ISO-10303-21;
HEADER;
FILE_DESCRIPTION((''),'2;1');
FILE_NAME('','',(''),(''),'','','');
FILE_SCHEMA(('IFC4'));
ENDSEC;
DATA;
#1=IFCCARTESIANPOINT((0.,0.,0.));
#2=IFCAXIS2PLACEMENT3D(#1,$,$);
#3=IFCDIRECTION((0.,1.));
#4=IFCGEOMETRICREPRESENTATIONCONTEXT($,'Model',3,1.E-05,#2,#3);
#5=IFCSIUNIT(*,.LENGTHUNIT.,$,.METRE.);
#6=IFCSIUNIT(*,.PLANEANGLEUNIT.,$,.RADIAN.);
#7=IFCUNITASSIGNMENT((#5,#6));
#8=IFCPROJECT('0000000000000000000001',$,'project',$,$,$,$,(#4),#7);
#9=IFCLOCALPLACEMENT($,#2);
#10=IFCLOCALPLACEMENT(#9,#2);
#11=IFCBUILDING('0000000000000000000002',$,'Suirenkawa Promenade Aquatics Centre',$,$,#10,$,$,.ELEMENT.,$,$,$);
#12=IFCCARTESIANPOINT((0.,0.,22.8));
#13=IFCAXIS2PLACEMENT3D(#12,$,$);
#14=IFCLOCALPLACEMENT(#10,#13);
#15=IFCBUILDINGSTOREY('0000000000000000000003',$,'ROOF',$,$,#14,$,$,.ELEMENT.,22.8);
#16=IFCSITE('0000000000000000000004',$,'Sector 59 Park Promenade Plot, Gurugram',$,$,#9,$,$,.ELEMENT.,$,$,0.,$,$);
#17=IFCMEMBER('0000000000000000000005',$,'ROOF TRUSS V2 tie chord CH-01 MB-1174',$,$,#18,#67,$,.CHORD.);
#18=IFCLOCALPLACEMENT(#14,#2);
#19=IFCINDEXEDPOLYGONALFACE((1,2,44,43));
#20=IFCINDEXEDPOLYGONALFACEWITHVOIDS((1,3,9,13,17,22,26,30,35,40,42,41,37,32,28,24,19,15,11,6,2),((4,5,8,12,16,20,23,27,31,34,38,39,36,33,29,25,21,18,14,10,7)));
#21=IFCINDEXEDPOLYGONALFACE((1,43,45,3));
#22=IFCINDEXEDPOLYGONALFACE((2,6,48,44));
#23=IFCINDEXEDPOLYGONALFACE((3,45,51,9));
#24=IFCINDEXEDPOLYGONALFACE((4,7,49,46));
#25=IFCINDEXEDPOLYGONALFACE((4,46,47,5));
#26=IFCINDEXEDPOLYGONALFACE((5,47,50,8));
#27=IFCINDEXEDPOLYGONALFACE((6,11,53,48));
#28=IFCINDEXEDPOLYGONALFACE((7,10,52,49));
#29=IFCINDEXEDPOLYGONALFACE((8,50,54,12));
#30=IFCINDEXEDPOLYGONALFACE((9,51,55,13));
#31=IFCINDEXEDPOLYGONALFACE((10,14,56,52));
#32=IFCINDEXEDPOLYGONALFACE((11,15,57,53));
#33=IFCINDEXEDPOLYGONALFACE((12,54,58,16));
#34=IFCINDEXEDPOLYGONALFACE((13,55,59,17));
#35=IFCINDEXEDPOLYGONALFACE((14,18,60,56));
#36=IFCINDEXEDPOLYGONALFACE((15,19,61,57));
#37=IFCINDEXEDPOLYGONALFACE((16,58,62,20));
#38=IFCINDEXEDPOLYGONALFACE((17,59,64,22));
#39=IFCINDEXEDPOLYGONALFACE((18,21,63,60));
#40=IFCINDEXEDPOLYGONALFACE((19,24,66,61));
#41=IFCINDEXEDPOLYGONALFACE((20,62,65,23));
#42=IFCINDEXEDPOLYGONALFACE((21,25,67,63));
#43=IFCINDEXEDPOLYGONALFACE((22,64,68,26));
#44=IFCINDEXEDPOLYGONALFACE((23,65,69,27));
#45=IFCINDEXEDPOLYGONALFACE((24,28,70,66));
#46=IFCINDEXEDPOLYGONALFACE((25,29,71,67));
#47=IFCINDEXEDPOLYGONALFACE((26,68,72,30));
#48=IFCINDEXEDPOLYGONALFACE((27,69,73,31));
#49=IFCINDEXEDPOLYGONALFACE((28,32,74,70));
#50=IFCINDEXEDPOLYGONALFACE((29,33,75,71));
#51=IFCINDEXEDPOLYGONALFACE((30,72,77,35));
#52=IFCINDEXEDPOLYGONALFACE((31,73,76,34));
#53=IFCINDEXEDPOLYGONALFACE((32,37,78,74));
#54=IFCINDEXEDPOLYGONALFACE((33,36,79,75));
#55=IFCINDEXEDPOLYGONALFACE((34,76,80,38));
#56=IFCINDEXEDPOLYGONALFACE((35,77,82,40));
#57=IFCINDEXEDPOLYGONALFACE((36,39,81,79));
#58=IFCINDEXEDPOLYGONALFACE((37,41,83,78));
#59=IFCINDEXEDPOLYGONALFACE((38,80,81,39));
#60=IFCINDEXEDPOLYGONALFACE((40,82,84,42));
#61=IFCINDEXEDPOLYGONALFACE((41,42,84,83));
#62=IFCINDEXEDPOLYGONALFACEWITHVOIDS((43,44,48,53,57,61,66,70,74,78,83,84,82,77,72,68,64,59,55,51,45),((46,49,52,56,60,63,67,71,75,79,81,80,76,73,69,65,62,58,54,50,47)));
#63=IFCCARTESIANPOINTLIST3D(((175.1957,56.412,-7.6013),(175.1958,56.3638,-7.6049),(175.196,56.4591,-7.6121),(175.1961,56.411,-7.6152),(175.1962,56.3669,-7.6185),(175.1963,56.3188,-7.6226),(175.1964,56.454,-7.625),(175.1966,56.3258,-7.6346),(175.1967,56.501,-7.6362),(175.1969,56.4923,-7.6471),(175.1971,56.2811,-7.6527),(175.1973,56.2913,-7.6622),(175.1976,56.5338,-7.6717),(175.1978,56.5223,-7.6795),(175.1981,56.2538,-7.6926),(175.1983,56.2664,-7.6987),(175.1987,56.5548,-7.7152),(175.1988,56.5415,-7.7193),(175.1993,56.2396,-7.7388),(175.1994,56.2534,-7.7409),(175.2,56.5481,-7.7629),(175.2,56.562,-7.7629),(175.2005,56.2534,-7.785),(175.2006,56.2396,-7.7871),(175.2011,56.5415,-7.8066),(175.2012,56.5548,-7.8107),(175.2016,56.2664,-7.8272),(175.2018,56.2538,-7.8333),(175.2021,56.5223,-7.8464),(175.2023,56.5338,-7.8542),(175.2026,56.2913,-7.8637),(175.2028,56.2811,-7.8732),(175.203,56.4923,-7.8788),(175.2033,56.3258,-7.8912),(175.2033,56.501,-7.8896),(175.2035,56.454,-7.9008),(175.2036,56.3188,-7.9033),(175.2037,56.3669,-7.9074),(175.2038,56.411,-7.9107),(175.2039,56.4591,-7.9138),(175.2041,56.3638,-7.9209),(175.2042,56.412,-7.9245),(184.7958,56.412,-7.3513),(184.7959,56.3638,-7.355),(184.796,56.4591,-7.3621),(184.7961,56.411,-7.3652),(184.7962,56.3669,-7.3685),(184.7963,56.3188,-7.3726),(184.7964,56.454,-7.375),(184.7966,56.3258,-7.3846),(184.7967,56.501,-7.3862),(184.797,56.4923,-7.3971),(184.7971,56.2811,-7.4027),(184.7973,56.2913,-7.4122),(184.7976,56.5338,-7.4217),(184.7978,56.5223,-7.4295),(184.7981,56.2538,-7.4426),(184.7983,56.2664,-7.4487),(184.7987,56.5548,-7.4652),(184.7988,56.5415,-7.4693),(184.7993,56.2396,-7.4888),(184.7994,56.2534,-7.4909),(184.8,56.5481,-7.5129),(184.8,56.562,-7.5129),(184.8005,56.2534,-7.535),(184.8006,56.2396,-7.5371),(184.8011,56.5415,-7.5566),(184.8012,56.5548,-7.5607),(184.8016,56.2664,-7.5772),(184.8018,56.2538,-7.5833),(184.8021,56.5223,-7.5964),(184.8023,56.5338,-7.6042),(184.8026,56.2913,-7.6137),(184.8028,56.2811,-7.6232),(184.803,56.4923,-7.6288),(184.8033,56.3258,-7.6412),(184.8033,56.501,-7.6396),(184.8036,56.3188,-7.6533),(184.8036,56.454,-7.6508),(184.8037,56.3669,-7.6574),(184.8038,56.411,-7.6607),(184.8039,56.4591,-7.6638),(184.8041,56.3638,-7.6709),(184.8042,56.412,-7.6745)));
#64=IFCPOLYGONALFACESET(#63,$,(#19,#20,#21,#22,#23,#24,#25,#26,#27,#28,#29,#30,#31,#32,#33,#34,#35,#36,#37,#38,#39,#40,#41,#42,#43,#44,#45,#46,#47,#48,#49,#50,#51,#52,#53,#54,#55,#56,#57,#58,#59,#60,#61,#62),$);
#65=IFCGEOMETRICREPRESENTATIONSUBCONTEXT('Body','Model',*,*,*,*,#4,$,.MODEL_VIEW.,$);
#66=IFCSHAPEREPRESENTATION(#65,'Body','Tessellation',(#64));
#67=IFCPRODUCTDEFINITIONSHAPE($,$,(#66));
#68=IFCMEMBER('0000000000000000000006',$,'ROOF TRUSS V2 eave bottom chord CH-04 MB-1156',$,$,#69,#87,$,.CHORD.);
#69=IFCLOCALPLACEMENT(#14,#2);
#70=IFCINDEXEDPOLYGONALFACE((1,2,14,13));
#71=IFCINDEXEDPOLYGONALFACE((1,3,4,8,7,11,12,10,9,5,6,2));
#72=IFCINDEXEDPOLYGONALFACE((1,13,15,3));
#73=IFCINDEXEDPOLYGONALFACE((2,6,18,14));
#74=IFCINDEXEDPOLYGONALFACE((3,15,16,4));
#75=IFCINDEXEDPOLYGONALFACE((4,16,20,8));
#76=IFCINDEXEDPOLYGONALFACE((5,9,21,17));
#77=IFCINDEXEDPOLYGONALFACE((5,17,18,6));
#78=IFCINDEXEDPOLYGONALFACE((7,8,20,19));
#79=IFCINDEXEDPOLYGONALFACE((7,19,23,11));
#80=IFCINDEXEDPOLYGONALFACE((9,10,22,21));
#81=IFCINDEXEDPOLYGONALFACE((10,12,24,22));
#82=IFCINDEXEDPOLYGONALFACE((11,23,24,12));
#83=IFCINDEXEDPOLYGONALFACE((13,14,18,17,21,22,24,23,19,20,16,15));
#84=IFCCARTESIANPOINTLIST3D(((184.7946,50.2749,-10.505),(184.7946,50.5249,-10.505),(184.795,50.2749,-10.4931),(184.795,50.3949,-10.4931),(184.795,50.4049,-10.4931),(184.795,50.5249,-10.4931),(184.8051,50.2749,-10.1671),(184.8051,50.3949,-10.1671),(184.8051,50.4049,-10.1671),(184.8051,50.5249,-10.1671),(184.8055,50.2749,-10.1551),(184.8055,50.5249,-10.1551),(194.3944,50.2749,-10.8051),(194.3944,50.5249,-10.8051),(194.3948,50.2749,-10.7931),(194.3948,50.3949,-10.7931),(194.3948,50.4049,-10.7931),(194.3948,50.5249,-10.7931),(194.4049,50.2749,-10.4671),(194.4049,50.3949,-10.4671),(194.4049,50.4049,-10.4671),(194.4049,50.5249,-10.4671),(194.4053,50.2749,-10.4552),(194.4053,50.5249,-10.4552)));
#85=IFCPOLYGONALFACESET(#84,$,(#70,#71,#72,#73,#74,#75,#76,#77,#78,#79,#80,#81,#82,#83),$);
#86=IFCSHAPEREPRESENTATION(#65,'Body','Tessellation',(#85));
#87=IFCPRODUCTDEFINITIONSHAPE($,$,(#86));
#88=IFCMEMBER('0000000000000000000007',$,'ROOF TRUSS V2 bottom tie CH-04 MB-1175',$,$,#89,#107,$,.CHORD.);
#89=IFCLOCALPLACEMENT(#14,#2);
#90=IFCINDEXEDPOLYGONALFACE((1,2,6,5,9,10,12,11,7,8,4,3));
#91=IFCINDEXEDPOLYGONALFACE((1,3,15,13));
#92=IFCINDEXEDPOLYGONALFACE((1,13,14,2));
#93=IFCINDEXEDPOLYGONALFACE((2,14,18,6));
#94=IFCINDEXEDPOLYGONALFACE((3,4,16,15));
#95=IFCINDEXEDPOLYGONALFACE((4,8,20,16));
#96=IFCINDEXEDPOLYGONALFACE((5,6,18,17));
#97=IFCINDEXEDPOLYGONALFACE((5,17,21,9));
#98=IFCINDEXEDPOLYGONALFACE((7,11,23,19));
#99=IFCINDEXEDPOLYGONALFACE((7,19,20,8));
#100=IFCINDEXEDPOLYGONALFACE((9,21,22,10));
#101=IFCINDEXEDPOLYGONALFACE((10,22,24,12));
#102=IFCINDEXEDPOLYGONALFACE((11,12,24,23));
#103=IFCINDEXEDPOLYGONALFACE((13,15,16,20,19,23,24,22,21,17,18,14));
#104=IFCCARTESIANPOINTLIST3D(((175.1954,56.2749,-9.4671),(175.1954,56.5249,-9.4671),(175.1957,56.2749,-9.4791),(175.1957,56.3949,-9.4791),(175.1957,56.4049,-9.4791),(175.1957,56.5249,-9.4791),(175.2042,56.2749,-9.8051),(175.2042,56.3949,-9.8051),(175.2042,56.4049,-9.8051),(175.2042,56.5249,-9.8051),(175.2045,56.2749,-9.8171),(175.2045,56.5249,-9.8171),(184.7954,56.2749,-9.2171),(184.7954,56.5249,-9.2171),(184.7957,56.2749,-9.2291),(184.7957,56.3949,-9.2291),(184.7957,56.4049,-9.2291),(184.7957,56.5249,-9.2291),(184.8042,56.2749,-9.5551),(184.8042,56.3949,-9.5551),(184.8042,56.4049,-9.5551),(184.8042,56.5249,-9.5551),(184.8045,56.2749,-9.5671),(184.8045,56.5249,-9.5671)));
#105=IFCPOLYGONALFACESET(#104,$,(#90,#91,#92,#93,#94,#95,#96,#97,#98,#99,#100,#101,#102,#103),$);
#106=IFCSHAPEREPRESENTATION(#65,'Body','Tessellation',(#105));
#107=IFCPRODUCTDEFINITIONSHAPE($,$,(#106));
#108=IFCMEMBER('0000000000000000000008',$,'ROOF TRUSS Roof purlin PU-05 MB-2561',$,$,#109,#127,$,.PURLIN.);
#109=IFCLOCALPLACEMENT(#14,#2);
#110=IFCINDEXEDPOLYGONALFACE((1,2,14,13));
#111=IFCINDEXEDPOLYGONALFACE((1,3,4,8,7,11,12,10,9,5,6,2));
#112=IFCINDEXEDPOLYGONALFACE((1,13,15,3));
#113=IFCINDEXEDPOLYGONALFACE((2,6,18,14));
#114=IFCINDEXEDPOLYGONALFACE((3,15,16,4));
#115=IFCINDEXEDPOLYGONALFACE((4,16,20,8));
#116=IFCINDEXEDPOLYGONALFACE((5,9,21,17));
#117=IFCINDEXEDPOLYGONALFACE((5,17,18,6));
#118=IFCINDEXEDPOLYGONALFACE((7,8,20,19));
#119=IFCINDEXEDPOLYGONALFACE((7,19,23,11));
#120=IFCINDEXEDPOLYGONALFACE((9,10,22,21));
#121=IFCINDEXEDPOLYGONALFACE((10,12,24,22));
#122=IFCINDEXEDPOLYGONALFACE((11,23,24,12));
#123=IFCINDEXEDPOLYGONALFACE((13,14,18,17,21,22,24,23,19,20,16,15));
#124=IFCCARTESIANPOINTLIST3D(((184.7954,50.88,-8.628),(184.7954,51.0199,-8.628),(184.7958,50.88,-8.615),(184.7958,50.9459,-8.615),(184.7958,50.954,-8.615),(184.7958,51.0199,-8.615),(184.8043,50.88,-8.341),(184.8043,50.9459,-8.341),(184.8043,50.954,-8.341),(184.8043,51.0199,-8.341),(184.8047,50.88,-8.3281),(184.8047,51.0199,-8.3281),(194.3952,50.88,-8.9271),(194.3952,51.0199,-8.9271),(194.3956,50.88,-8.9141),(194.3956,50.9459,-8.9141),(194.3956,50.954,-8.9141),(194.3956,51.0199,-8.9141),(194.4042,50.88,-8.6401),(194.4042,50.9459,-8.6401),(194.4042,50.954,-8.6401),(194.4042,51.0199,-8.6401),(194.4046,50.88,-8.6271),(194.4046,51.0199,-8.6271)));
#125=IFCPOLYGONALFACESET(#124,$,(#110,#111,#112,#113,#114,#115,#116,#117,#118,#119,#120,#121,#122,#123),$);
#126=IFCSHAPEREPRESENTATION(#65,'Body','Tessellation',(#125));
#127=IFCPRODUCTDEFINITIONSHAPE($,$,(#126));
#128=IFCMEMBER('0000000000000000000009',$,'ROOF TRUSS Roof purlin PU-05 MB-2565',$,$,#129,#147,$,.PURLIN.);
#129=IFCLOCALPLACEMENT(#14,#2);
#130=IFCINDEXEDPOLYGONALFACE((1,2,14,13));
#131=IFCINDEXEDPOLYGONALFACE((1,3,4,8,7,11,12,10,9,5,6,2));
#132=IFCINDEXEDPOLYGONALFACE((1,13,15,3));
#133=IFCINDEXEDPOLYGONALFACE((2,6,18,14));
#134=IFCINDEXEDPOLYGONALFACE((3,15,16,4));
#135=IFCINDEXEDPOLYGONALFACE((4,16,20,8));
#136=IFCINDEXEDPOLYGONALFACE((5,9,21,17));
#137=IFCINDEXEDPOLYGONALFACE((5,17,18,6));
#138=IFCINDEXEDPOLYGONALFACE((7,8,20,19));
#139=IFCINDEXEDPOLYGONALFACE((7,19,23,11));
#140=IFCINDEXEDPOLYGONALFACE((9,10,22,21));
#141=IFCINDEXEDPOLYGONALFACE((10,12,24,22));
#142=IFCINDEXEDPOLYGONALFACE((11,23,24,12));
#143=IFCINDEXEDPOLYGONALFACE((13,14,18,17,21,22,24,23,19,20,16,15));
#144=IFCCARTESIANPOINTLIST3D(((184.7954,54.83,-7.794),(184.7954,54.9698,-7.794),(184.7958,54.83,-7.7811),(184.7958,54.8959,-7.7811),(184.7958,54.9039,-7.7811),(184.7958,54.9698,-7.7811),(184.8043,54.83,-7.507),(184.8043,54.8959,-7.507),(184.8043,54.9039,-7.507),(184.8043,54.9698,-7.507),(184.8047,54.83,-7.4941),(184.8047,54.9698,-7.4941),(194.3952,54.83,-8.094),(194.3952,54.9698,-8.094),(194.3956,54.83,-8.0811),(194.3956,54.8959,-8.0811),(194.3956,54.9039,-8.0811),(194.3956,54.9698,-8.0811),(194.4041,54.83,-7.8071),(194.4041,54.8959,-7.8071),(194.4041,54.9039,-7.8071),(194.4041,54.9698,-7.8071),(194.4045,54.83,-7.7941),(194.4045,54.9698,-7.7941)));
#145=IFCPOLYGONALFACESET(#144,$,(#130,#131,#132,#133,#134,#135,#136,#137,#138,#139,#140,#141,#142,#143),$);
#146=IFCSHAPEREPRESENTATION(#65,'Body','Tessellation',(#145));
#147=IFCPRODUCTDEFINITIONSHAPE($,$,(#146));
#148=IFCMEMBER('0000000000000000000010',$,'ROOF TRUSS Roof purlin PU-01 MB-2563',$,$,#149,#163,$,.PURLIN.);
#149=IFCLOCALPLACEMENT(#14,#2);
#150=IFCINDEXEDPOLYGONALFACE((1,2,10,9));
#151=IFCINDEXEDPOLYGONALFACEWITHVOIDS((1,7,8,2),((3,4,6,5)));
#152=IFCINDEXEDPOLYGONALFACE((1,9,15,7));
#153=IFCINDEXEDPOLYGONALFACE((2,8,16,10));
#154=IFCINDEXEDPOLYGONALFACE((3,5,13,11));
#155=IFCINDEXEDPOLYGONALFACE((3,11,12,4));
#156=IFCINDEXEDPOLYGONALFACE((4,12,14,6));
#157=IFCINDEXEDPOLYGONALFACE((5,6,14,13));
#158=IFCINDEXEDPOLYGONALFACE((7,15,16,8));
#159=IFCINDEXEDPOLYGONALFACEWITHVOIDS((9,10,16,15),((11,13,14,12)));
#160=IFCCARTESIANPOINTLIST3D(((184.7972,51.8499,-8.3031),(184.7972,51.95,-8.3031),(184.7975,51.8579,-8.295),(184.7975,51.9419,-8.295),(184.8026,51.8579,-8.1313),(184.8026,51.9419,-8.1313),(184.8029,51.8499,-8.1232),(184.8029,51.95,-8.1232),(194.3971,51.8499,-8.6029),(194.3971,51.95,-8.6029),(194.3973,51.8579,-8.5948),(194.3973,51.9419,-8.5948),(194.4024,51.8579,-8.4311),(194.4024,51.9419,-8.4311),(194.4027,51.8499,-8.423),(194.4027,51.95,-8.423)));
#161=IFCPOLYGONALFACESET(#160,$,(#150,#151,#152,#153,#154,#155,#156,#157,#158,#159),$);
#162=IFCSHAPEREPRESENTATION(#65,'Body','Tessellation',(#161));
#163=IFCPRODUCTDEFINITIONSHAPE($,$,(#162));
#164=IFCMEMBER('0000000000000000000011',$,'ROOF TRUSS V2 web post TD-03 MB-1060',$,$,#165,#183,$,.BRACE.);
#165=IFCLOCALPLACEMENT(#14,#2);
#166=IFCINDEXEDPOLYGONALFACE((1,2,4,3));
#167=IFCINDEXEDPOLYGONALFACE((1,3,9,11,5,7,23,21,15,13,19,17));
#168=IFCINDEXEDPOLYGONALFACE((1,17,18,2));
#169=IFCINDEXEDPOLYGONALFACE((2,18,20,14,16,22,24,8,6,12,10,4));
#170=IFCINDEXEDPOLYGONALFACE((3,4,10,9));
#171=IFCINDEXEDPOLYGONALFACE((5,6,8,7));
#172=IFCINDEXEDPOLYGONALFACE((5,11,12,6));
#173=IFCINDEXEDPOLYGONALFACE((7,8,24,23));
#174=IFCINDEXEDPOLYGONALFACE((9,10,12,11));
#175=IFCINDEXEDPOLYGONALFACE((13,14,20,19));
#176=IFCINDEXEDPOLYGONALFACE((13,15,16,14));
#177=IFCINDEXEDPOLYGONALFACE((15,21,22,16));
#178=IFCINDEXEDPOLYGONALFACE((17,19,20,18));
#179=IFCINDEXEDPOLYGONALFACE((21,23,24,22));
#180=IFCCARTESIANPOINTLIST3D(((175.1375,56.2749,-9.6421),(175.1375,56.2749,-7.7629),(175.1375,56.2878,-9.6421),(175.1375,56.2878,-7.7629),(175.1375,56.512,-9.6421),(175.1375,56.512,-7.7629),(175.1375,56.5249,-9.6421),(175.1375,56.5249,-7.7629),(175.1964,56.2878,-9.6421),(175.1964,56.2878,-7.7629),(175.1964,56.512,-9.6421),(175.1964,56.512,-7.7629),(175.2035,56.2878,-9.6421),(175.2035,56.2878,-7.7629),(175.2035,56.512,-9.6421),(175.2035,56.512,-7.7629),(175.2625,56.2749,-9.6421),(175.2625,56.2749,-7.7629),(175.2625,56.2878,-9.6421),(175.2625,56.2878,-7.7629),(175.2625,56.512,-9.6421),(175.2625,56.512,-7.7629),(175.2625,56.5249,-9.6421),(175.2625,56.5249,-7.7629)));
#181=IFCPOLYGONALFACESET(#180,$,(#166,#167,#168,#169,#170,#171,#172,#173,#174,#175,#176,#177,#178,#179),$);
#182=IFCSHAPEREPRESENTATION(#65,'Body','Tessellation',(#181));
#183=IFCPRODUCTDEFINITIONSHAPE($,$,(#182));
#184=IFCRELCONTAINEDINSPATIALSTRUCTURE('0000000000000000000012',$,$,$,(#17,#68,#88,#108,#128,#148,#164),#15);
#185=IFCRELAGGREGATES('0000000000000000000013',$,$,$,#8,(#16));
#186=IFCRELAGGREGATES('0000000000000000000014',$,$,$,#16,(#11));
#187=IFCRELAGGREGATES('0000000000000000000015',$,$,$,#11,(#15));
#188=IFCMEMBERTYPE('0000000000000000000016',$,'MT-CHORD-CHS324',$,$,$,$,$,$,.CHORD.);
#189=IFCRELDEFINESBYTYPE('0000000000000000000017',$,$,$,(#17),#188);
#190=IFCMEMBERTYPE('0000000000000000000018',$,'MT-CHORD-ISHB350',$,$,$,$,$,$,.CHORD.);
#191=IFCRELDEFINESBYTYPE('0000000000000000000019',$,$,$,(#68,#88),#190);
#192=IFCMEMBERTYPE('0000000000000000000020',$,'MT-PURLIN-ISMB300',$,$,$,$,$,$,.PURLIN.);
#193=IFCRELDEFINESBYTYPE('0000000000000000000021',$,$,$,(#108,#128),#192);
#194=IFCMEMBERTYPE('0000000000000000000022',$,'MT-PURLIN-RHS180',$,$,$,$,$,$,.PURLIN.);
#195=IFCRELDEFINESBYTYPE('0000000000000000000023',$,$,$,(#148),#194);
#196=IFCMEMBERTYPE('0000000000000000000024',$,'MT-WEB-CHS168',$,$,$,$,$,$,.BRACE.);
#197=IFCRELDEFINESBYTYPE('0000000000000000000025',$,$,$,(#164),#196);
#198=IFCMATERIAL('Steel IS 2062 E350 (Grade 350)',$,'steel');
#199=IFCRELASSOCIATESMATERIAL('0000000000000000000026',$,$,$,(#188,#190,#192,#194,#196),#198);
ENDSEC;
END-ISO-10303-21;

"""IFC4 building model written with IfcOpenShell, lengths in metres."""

from ifc_helpers import new_model, si_unit, direction, frame, origin, origin_2d, place, context, subcontext, project, spatial, hollow_rectangle, hollow_circle, i_section, extrude, material, material_profile, profile_set, type_object, element, save


model = new_model("IFC4")

# Units and contexts
model_context = context("Model", 3, precision=1e-05, world=origin(), true_north=direction((0.0, 1.0)))
body_context = subcontext(model_context, "Body", "Model", "MODEL_VIEW")
ifc_project = project(units=[si_unit("LENGTHUNIT", "METRE"), si_unit("PLANEANGLEUNIT", "RADIAN")], contexts=[model_context])

# Site, building, storey
site_placement = place(None, origin())
site = spatial("IfcSite", under=ifc_project, at=site_placement, Name="Sector 59 Park Promenade Plot, Gurugram", CompositionType="ELEMENT", RefElevation=0.0)
building_placement = place(site_placement, origin())
building = spatial("IfcBuilding", under=site, at=building_placement, Name="Suirenkawa Promenade Aquatics Centre", CompositionType="ELEMENT")
storey_placement = place(building_placement, frame((0.0, 0.0, 22.8)))
storey = spatial("IfcBuildingStorey", under=building, at=storey_placement, Name="ROOF", CompositionType="ELEMENT", Elevation=22.8)

# Shared definitions
ifc_material_1 = material(Name="Steel IS 2062 E350 (Grade 350)", Category="steel")

# Members
ifc_material_profile_1 = material_profile(ifc_material_1, hollow_circle(Radius=0.1621, WallThickness=0.0139, at=origin_2d()), Name="CHS 324x14", Category="steel")
ifc_profile_set_1 = profile_set([ifc_material_profile_1], Name="Steel IS 2062 E350 (Grade 350)")
member_type_1 = type_object("IfcMemberType", Name="MT-CHORD-CHS324", PredefinedType="CHORD", material=ifc_profile_set_1)
member_1_placement = place(storey_placement, frame((175.2, 56.3999, -7.7629), z_axis=(0.999661, 0.0, 0.026033), x_axis=(0.0, 1.0, 0.0)))
element("IfcMember", 1, at=member_1_placement, inside=storey, type_object=member_type_1, Name="ROOF TRUSS V2 tie chord CH-01 MB-1174", PredefinedType="CHORD", context=body_context, shape_type="SweptSolid", body=[
    extrude(hollow_circle(Radius=0.1621, WallThickness=0.0139, at=origin_2d()), origin(), (0.0, 0.0, 1.0), 9.6033),
])
ifc_material_profile_2 = material_profile(ifc_material_1, i_section(OverallWidth=0.25, OverallDepth=0.3501, WebThickness=0.01, FlangeThickness=0.012, at=origin_2d()), Name="ISHB 350", Category="steel")
ifc_profile_set_2 = profile_set([ifc_material_profile_2], Name="Steel IS 2062 E350 (Grade 350)")
member_type_2 = type_object("IfcMemberType", Name="MT-CHORD-ISHB350", PredefinedType="CHORD", material=ifc_profile_set_2)
member_2_placement = place(storey_placement, frame((184.8, 50.3999, -10.3301), z_axis=(0.999512, 0.0, -0.03124), x_axis=(0.0, 1.0, 0.0)))
element("IfcMember", 2, at=member_2_placement, inside=storey, type_object=member_type_2, Name="ROOF TRUSS V2 eave bottom chord CH-04 MB-1156", PredefinedType="CHORD", context=body_context, shape_type="SweptSolid", body=[
    extrude(i_section(OverallWidth=0.25, OverallDepth=0.3501, WebThickness=0.01, FlangeThickness=0.012, at=origin_2d()), origin(), (0.0, 0.0, 1.0), 9.6045),
])
member_3_placement = place(storey_placement, frame((175.2, 56.3999, -9.6421), z_axis=(0.999661, 0.0, 0.026033), x_axis=(0.0, 1.0, 0.0)))
element("IfcMember", 3, at=member_3_placement, inside=storey, type_object=member_type_2, Name="ROOF TRUSS V2 bottom tie CH-04 MB-1175", PredefinedType="CHORD", context=body_context, shape_type="SweptSolid", body=[
    extrude(i_section(OverallWidth=0.25, OverallDepth=0.3501, WebThickness=0.01, FlangeThickness=0.012, at=origin_2d()), origin(), (0.0, 0.0, 1.0), 9.6033),
])
ifc_material_profile_3 = material_profile(ifc_material_1, i_section(OverallWidth=0.1399, OverallDepth=0.3, WebThickness=0.0081, FlangeThickness=0.0129, at=origin_2d()), Name="ISMB 300", Category="steel")
ifc_profile_set_3 = profile_set([ifc_material_profile_3], Name="Steel IS 2062 E350 (Grade 350)")
member_type_3 = type_object("IfcMemberType", Name="MT-PURLIN-ISMB300", PredefinedType="PURLIN", material=ifc_profile_set_3)
for number, where, z_axis, x_axis, name in (
    (4, (184.8, 50.95, -8.478), (0.999515, 0.0, -0.031139), (0.0, 1.0, 0.0), "ROOF TRUSS Roof purlin PU-05 MB-2561"),
    (5, (184.8, 54.8999, -7.644), (0.999512, 0.0, -0.03124), (0.0, 1.0, 0.0), "ROOF TRUSS Roof purlin PU-05 MB-2565"),
):
    element("IfcMember", number, at=place(storey_placement, frame(where, z_axis=z_axis, x_axis=x_axis)), inside=storey, type_object=member_type_3, Name=name, PredefinedType="PURLIN", context=body_context, shape_type="SweptSolid", body=[
        extrude(i_section(OverallWidth=0.1399, OverallDepth=0.3, WebThickness=0.0081, FlangeThickness=0.0129, at=origin_2d()), origin(), (0.0, 0.0, 1.0), 9.6045),
    ])
ifc_material_profile_4 = material_profile(ifc_material_1, hollow_rectangle(XDim=0.1001, YDim=0.1799, WallThickness=0.0081, at=origin_2d()), Name="RHS 180x100x8", Category="steel")
ifc_profile_set_4 = profile_set([ifc_material_profile_4], Name="Steel IS 2062 E350 (Grade 350)")
member_type_4 = type_object("IfcMemberType", Name="MT-PURLIN-RHS180", PredefinedType="PURLIN", material=ifc_profile_set_4)
member_4_placement = place(storey_placement, frame((184.8, 51.8999, -8.2131), z_axis=(0.999513, 0.0, -0.031215), x_axis=(0.0, 1.0, 0.0)))
element("IfcMember", 6, at=member_4_placement, inside=storey, type_object=member_type_4, Name="ROOF TRUSS Roof purlin PU-01 MB-2563", PredefinedType="PURLIN", context=body_context, shape_type="SweptSolid", body=[
    extrude(hollow_rectangle(XDim=0.1001, YDim=0.1799, WallThickness=0.0081, at=origin_2d()), origin(), (0.0, 0.0, 1.0), 9.6045),
])
ifc_material_profile_5 = material_profile(ifc_material_1, i_section(OverallWidth=0.125, OverallDepth=0.25, WebThickness=0.0071, FlangeThickness=0.0129, at=origin_2d()), Name="ISMB 250", Category="steel")
ifc_profile_set_5 = profile_set([ifc_material_profile_5], Name="Steel IS 2062 E350 (Grade 350)")
member_type_5 = type_object("IfcMemberType", Name="MT-WEB-CHS168", PredefinedType="BRACE", material=ifc_profile_set_5)
member_5_placement = place(storey_placement, frame((175.2, 56.3999, -9.6421), z_axis=(0.0, 0.0, 1.0), x_axis=(1.0, 0.0, 0.0)))
element("IfcMember", 7, at=member_5_placement, inside=storey, type_object=member_type_5, Name="ROOF TRUSS V2 web post TD-03 MB-1060", PredefinedType="BRACE", context=body_context, shape_type="SweptSolid", body=[
    extrude(i_section(OverallWidth=0.125, OverallDepth=0.25, WebThickness=0.0071, FlangeThickness=0.0129, at=origin_2d()), origin(), (0.0, 0.0, 1.0), 1.8792),
])

save(model, "model.ifc")
